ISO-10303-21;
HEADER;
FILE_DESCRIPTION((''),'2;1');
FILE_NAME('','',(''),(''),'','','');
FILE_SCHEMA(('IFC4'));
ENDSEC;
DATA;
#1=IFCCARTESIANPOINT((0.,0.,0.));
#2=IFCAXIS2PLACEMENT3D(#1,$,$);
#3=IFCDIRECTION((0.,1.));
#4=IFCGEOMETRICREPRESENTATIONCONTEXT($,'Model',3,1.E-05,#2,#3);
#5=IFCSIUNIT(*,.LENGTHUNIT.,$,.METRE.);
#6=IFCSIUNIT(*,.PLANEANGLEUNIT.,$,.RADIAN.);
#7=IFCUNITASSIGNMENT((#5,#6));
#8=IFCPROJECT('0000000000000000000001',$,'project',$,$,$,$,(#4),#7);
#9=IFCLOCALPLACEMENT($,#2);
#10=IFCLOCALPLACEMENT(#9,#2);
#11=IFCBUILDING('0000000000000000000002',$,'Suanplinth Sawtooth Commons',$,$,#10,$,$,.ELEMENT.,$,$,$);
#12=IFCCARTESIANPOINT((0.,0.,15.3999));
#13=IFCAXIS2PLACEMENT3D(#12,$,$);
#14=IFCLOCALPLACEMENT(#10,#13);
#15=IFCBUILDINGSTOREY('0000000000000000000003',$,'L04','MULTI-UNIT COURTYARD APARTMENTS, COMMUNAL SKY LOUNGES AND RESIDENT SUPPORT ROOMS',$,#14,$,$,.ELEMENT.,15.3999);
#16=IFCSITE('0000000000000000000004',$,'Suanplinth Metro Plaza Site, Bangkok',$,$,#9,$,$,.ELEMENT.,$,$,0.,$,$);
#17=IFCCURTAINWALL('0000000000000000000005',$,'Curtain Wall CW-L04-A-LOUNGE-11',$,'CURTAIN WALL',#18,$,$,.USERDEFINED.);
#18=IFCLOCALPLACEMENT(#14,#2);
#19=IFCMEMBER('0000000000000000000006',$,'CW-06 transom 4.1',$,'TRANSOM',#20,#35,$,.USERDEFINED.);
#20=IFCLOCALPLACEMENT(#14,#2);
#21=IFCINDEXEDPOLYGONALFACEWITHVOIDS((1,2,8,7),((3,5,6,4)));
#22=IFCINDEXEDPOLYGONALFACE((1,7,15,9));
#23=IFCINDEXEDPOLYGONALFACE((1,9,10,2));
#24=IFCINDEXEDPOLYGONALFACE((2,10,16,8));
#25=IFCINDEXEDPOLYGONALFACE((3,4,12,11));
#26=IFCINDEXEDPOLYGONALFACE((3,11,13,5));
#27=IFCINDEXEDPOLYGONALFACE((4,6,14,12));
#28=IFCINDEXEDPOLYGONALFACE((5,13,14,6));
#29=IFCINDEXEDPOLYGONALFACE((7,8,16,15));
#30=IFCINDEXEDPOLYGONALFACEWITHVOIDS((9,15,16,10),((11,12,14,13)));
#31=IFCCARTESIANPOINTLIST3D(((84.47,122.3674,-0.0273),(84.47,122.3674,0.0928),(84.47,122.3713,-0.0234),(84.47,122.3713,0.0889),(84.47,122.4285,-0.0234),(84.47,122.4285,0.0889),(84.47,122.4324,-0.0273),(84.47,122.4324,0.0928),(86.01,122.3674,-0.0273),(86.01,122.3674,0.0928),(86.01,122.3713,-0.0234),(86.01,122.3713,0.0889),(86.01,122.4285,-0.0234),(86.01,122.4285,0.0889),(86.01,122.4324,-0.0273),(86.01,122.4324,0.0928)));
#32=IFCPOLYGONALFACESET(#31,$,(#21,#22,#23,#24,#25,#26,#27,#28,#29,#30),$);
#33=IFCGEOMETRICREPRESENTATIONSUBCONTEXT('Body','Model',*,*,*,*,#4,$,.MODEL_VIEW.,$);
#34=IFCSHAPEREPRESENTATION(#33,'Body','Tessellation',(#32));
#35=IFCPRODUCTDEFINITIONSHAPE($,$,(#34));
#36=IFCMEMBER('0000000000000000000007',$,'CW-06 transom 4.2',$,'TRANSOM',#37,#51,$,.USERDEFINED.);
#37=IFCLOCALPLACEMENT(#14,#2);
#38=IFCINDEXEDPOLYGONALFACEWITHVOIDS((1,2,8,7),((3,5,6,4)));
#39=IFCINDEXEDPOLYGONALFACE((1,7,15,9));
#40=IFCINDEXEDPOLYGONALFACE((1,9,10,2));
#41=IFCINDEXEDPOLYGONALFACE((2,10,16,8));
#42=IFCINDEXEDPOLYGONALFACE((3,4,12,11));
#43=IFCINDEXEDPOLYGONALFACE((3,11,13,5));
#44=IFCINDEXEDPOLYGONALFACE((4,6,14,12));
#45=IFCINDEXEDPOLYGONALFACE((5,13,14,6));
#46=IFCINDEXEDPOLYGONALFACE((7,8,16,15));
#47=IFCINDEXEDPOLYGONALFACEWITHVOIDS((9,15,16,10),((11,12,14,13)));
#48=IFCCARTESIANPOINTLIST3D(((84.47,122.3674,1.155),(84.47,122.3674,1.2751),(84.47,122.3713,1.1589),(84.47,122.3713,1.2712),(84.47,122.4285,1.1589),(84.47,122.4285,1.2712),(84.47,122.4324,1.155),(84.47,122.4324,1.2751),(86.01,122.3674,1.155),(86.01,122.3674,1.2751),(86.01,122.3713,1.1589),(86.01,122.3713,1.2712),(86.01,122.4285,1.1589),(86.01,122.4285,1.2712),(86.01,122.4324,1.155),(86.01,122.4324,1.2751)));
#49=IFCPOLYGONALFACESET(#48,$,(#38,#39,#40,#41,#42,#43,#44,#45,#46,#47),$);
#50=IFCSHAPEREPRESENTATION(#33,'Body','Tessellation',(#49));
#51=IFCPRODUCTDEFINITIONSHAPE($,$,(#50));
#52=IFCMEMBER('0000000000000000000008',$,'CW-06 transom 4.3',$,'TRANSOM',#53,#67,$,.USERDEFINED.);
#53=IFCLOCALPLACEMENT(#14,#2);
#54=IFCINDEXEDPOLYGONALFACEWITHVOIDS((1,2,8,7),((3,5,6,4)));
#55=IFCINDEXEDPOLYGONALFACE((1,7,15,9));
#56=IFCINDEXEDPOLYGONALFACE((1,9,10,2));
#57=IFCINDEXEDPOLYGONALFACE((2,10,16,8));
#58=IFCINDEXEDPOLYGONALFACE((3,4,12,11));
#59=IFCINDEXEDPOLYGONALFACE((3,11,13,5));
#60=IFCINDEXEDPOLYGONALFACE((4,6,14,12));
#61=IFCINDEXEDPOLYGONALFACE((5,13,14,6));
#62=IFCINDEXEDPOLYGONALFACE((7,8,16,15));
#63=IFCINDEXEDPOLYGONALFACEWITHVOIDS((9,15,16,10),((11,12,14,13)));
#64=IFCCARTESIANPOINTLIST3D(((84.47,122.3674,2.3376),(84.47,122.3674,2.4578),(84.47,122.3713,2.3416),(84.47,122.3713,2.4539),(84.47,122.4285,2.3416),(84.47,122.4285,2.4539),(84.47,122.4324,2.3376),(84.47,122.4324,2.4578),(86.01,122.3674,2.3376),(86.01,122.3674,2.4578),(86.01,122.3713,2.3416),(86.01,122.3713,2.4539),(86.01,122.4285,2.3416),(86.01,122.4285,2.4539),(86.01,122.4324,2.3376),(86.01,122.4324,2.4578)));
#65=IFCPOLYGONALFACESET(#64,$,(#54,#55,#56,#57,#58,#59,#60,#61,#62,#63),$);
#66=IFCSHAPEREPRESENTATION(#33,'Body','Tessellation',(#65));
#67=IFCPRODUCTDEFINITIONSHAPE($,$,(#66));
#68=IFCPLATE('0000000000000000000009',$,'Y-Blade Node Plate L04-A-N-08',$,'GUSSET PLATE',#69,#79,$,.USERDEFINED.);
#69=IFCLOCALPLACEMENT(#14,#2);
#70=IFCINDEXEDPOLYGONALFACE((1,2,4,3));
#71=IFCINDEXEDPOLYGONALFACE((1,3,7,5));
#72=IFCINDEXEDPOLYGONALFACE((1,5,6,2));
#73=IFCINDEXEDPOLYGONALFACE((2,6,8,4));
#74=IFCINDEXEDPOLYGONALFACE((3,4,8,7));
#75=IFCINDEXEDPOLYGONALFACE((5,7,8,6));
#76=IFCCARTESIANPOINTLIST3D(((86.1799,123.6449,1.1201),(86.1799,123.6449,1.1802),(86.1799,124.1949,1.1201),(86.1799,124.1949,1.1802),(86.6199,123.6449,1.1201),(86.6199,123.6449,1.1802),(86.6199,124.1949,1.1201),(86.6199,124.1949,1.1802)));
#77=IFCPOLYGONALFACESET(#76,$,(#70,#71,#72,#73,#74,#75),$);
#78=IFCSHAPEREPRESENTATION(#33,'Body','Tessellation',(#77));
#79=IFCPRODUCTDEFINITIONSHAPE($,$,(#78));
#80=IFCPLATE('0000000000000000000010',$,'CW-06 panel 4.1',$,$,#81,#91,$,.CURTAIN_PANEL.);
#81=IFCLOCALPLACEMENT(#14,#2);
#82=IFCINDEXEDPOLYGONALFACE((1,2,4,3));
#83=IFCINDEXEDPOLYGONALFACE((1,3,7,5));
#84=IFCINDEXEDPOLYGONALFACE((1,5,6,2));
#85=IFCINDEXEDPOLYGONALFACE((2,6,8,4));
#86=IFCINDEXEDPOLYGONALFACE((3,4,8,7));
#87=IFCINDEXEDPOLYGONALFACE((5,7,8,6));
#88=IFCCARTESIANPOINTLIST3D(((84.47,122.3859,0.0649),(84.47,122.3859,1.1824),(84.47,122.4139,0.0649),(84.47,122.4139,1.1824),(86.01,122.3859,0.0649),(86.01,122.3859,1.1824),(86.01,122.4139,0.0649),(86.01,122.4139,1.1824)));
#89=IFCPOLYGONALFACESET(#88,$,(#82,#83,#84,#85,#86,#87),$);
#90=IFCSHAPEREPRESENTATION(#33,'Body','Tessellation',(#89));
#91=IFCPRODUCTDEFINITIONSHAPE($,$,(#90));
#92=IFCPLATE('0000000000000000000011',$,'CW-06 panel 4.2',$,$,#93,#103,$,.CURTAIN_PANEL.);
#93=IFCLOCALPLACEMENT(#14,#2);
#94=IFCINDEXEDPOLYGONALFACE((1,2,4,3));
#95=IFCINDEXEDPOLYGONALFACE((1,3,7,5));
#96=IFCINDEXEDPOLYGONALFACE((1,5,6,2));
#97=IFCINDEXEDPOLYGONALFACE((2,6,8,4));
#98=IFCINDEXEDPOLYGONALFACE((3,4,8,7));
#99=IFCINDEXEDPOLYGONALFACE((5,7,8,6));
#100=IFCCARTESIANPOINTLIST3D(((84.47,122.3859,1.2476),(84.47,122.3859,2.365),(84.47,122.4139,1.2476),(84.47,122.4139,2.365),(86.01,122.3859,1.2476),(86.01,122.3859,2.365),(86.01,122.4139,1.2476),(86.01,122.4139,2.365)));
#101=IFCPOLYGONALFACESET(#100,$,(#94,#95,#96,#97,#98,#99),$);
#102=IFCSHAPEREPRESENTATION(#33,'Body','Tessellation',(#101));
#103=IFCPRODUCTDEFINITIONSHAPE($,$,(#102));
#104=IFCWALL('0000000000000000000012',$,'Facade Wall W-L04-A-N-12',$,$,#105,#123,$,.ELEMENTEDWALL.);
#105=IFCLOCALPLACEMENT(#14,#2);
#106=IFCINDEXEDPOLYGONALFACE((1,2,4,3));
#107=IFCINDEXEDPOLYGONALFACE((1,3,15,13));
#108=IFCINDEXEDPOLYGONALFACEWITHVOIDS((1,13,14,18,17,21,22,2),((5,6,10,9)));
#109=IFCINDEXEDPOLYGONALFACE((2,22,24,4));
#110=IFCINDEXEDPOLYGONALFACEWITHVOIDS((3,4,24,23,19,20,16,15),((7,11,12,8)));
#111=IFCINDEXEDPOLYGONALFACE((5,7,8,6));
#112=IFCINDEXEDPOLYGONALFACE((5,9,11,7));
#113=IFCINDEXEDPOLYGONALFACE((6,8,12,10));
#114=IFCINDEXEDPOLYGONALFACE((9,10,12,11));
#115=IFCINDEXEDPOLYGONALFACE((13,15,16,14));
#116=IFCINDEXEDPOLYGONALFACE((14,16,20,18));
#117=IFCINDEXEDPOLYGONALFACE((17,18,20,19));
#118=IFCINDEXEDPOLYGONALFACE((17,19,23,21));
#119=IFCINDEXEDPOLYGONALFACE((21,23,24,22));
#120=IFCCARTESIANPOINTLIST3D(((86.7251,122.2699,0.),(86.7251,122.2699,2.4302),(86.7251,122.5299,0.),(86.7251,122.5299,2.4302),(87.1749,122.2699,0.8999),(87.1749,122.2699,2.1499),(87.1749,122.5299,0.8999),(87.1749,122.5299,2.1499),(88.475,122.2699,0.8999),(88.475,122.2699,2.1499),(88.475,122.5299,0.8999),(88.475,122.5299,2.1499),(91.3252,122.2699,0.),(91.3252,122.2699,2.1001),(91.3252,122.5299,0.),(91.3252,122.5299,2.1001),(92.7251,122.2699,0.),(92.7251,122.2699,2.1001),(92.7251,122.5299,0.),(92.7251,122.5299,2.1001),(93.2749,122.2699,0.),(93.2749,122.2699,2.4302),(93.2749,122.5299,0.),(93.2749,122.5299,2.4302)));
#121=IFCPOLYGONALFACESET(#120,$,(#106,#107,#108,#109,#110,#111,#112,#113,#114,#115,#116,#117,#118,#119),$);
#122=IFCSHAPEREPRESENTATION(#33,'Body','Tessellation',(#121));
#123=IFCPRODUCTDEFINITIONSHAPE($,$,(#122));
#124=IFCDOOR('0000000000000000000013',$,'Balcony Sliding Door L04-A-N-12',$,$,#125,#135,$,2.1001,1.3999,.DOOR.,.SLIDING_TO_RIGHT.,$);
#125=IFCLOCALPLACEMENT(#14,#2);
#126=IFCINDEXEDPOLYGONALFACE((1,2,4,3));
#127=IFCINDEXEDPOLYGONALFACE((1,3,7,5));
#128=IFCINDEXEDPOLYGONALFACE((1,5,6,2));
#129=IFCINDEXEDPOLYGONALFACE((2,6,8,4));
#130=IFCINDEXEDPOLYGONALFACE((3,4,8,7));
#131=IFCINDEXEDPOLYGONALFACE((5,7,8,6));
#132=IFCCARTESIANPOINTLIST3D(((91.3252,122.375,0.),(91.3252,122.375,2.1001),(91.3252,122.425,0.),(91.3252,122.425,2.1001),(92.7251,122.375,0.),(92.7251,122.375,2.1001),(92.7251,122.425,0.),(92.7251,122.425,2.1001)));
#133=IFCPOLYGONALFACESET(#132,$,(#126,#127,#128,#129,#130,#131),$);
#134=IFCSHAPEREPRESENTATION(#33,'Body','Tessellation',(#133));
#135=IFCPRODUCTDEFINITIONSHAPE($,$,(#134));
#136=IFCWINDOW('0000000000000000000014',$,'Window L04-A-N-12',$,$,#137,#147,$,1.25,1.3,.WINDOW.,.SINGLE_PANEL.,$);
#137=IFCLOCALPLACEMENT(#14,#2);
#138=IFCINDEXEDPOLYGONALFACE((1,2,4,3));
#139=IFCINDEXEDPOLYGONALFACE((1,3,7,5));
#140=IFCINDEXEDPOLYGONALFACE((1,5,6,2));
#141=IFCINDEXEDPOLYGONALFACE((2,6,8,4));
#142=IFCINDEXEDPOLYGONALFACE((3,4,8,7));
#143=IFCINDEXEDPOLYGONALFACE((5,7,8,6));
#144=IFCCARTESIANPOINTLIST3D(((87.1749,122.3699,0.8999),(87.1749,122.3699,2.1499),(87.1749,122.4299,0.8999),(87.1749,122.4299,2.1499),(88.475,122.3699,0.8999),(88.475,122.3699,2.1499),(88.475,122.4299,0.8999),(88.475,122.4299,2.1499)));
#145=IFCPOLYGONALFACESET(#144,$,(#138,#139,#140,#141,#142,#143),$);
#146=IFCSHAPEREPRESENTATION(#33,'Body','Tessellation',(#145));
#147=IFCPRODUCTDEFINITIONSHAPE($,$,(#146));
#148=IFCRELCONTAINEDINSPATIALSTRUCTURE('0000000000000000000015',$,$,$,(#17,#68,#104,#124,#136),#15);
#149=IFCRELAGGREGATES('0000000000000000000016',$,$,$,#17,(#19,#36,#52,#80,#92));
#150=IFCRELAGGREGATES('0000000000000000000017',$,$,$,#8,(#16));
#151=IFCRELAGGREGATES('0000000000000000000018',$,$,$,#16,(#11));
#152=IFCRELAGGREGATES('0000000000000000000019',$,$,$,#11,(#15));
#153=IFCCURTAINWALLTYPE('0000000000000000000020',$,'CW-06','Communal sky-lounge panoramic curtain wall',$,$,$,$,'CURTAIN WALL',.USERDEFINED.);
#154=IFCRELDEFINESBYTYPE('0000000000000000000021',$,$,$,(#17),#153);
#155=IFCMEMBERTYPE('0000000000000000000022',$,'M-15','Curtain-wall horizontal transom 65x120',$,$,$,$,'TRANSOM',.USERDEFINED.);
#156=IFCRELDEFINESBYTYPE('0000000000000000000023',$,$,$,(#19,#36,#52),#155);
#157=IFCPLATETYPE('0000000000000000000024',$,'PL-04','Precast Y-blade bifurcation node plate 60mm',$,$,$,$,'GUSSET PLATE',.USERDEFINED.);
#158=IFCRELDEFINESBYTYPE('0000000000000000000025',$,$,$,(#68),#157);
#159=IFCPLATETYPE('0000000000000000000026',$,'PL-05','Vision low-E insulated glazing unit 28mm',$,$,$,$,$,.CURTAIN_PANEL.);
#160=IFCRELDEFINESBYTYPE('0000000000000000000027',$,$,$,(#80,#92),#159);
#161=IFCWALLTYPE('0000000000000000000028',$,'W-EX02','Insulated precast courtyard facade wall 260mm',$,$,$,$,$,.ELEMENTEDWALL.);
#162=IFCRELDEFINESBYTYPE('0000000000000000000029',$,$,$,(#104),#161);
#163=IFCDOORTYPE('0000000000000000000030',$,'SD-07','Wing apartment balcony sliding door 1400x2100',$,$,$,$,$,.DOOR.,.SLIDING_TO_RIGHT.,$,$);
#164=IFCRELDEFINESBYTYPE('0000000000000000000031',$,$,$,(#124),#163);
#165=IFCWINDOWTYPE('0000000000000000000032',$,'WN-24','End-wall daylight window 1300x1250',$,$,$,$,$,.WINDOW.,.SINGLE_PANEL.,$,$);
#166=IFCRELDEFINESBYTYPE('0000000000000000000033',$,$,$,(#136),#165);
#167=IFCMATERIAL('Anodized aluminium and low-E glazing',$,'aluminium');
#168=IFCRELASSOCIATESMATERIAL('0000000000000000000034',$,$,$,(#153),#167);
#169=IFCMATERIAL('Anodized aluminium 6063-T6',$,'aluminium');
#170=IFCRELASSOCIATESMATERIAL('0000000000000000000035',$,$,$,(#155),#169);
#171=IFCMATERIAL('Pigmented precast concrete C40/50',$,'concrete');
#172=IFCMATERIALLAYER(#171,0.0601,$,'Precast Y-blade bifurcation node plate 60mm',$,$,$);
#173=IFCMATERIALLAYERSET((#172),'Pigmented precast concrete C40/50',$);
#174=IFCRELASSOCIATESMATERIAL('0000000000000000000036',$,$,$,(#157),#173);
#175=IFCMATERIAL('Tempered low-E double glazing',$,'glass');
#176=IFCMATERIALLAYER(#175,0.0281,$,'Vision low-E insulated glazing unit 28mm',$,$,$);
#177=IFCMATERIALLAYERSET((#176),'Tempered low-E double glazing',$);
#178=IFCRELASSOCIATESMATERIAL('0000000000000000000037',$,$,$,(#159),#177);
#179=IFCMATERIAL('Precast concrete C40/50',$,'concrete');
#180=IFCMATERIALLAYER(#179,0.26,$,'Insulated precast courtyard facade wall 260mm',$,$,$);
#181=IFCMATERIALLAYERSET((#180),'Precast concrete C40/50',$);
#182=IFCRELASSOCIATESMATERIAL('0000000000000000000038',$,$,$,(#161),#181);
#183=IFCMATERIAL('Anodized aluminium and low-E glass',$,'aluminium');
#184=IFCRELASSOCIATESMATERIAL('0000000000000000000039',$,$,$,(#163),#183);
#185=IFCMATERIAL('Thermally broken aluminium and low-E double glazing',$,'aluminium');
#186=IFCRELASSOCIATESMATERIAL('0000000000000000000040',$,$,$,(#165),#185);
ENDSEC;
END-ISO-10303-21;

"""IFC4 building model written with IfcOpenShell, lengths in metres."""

from ifc_helpers import new_model, si_unit, direction, frame, frame_2d, origin, origin_2d, place, context, subcontext, project, spatial, rectangle, hollow_rectangle, extrude, material, layer, layer_set, material_profile, profile_set, type_object, element, fill, aggregate, save


model = new_model("IFC4")

# Units and contexts
model_context = context("Model", 3, precision=1e-05, world=origin(), true_north=direction((0.0, 1.0)))
body_context = subcontext(model_context, "Body", "Model", "MODEL_VIEW")
ifc_project = project(units=[si_unit("LENGTHUNIT", "METRE"), si_unit("PLANEANGLEUNIT", "RADIAN")], contexts=[model_context])

# Site, building, storey
site_placement = place(None, origin())
site = spatial("IfcSite", under=ifc_project, at=site_placement, Name="Suanplinth Metro Plaza Site, Bangkok", CompositionType="ELEMENT", RefElevation=0.0)
building_placement = place(site_placement, origin())
building = spatial("IfcBuilding", under=site, at=building_placement, Name="Suanplinth Sawtooth Commons", CompositionType="ELEMENT")
storey_placement = place(building_placement, frame((0.0, 0.0, 15.3999)))
storey = spatial("IfcBuildingStorey", under=building, at=storey_placement, Name="L04", Description="MULTI-UNIT COURTYARD APARTMENTS, COMMUNAL SKY LOUNGES AND RESIDENT SUPPORT ROOMS", CompositionType="ELEMENT", Elevation=15.3999)

# Shared definitions
ifc_material_1 = material(Name="Precast concrete C40/50", Category="concrete")

# Shared definitions
ifc_material_2 = material(Name="Pigmented precast concrete C40/50", Category="concrete")

# Curtain wall, members
ifc_material_3 = material(Name="Anodized aluminium and low-E glazing", Category="aluminium")
curtain_wall_type = type_object("IfcCurtainWallType", Name="CW-06", Description="Communal sky-lounge panoramic curtain wall", ElementType="CURTAIN WALL", PredefinedType="USERDEFINED", material=ifc_material_3)
curtain_wall_placement = place(storey_placement, origin())
curtain_wall = element("IfcCurtainWall", 1, at=curtain_wall_placement, inside=storey, type_object=curtain_wall_type, Name="Curtain Wall CW-L04-A-LOUNGE-11", ObjectType="CURTAIN WALL", PredefinedType="USERDEFINED")
ifc_material_4 = material(Name="Anodized aluminium 6063-T6", Category="aluminium")
ifc_material_profile_1 = material_profile(ifc_material_4, hollow_rectangle(XDim=0.0649, YDim=0.1201, WallThickness=0.0039, at=origin_2d()), Name="ALU-TRN 65x120")
ifc_profile_set_1 = profile_set([ifc_material_profile_1], Name="Anodized aluminium 6063-T6")
member_type_1 = type_object("IfcMemberType", Name="M-15", Description="Curtain-wall horizontal transom 65x120", ElementType="TRANSOM", PredefinedType="USERDEFINED", material=ifc_profile_set_1)
member_1_placement = place(storey_placement, frame((84.47, 122.3999, 0.0327), z_axis=(1.0, 0.0, 0.0), x_axis=(0.0, 1.0, 0.0)))
member_1 = element("IfcMember", 2, at=member_1_placement, type_object=member_type_1, Name="CW-06 transom 4.1", ObjectType="TRANSOM", PredefinedType="USERDEFINED", context=body_context, shape_type="SweptSolid", body=[
    extrude(hollow_rectangle(XDim=0.0649, YDim=0.1201, WallThickness=0.0039, at=origin_2d()), origin(), (0.0, 0.0, 1.0), 1.54),
])
member_2_placement = place(storey_placement, frame((84.47, 122.3999, 1.2151), z_axis=(1.0, 0.0, 0.0), x_axis=(0.0, 1.0, 0.0)))
member_2 = element("IfcMember", 3, at=member_2_placement, type_object=member_type_1, Name="CW-06 transom 4.2", ObjectType="TRANSOM", PredefinedType="USERDEFINED", context=body_context, shape_type="SweptSolid", body=[
    extrude(hollow_rectangle(XDim=0.0649, YDim=0.1201, WallThickness=0.0039, at=origin_2d()), origin(), (0.0, 0.0, 1.0), 1.54),
])
member_3_placement = place(storey_placement, frame((84.47, 122.3999, 2.3977), z_axis=(1.0, 0.0, 0.0), x_axis=(0.0, 1.0, 0.0)))
member_3 = element("IfcMember", 4, at=member_3_placement, type_object=member_type_1, Name="CW-06 transom 4.3", ObjectType="TRANSOM", PredefinedType="USERDEFINED", context=body_context, shape_type="SweptSolid", body=[
    extrude(hollow_rectangle(XDim=0.0649, YDim=0.1201, WallThickness=0.0039, at=origin_2d()), origin(), (0.0, 0.0, 1.0), 1.54),
])

# Plates
ifc_layer_1 = layer(ifc_material_2, 0.0601, Name="Precast Y-blade bifurcation node plate 60mm")
ifc_layer_set_1 = layer_set([ifc_layer_1], Name="Pigmented precast concrete C40/50")
plate_type_1 = type_object("IfcPlateType", Name="PL-04", Description="Precast Y-blade bifurcation node plate 60mm", ElementType="GUSSET PLATE", PredefinedType="USERDEFINED", material=ifc_layer_set_1)
plate_1_placement = place(storey_placement, frame((86.3999, 123.9199, 1.1201), z_axis=(0.0, 0.0, 1.0), x_axis=(1.0, 0.0, 0.0)))
element("IfcPlate", 5, at=plate_1_placement, inside=storey, type_object=plate_type_1, Name="Y-Blade Node Plate L04-A-N-08", ObjectType="GUSSET PLATE", PredefinedType="USERDEFINED", context=body_context, shape_type="SweptSolid", body=[
    extrude(rectangle(XDim=0.4399, YDim=0.55, at=origin_2d()), origin(), (0.0, 0.0, 1.0), 0.0601),
])
ifc_material_5 = material(Name="Tempered low-E double glazing", Category="glass")
ifc_layer_2 = layer(ifc_material_5, 0.0281, Name="Vision low-E insulated glazing unit 28mm")
ifc_layer_set_2 = layer_set([ifc_layer_2], Name="Tempered low-E double glazing")
plate_type_2 = type_object("IfcPlateType", Name="PL-05", Description="Vision low-E insulated glazing unit 28mm", PredefinedType="CURTAIN_PANEL", material=ifc_layer_set_2)
plate_2_placement = place(storey_placement, frame((85.24, 122.3999, 0.0649), z_axis=(0.0, 0.0, 1.0), x_axis=(1.0, 0.0, 0.0)))
plate_2 = element("IfcPlate", 6, at=plate_2_placement, type_object=plate_type_2, Name="CW-06 panel 4.1", PredefinedType="CURTAIN_PANEL", context=body_context, shape_type="SweptSolid", body=[
    extrude(rectangle(XDim=1.54, YDim=0.0281, at=origin_2d()), origin(), (0.0, 0.0, 1.0), 1.1174),
])
plate_3_placement = place(storey_placement, frame((85.24, 122.3999, 1.2476), z_axis=(0.0, 0.0, 1.0), x_axis=(1.0, 0.0, 0.0)))
plate_3 = element("IfcPlate", 7, at=plate_3_placement, type_object=plate_type_2, Name="CW-06 panel 4.2", PredefinedType="CURTAIN_PANEL", context=body_context, shape_type="SweptSolid", body=[
    extrude(rectangle(XDim=1.54, YDim=0.0281, at=origin_2d()), origin(), (0.0, 0.0, 1.0), 1.1174),
])
aggregate(curtain_wall, [member_1, member_2, member_3, plate_2, plate_3])

# Wall, openings, door, window
ifc_layer_3 = layer(ifc_material_1, 0.26, Name="Insulated precast courtyard facade wall 260mm")
ifc_layer_set_3 = layer_set([ifc_layer_3], Name="Precast concrete C40/50")
wall_type_1 = type_object("IfcWallType", Name="W-EX02", Description="Insulated precast courtyard facade wall 260mm", PredefinedType="ELEMENTEDWALL", material=ifc_layer_set_3)
wall_1_placement = place(storey_placement, frame((86.7251, 122.3999, 0.0), z_axis=(0.0, 0.0, 1.0), x_axis=(1.0, 0.0, 0.0)))
wall_1 = element("IfcWall", 8, at=wall_1_placement, inside=storey, type_object=wall_type_1, Name="Facade Wall W-L04-A-N-12", PredefinedType="ELEMENTEDWALL", context=body_context, shape_type="SweptSolid", body=[
    extrude(rectangle(XDim=6.5498, YDim=0.26, at=frame_2d((3.2749, 0.0))), origin(), (0.0, 0.0, 1.0), 2.4302),
])
opening_1_placement = place(wall_1_placement, frame((4.6001, 0.0, 0.0)))
opening_1 = element("IfcOpeningElement", 9, at=opening_1_placement, cuts=wall_1, PredefinedType="OPENING", context=body_context, shape_type="SweptSolid", body=[
    extrude(rectangle(XDim=1.3999, YDim=2.1001, at=frame_2d((0.7, 1.05))), frame((0.0, 0.145, 0.0), z_axis=(0.0, -1.0, 0.0), x_axis=(1.0, 0.0, 0.0)), (0.0, 0.0, 1.0), 0.2898),
])
opening_2_placement = place(wall_1_placement, frame((0.45, 0.0, 0.8999)))
opening_2 = element("IfcOpeningElement", 10, at=opening_2_placement, cuts=wall_1, PredefinedType="OPENING", context=body_context, shape_type="SweptSolid", body=[
    extrude(rectangle(XDim=1.3, YDim=1.25, at=frame_2d((0.6499, 0.625))), frame((0.0, 0.145, 0.0), z_axis=(0.0, -1.0, 0.0), x_axis=(1.0, 0.0, 0.0)), (0.0, 0.0, 1.0), 0.2898),
])
ifc_material_6 = material(Name="Anodized aluminium and low-E glass", Category="aluminium")
door_type_1 = type_object("IfcDoorType", Name="SD-07", Description="Wing apartment balcony sliding door 1400x2100", OperationType="SLIDING_TO_RIGHT", PredefinedType="DOOR", material=ifc_material_6)
door_1_placement = place(opening_1_placement, frame((1.3999, 0.0, 0.0), z_axis=(0.0, 0.0, 1.0), x_axis=(-1.0, 0.0, 0.0)))
door_1 = element("IfcDoor", 11, at=door_1_placement, inside=storey, type_object=door_type_1, Name="Balcony Sliding Door L04-A-N-12", OperationType="SLIDING_TO_RIGHT", OverallHeight=2.1001, OverallWidth=1.3999, PredefinedType="DOOR", context=body_context, shape_type="SweptSolid", body=[
    extrude(rectangle(XDim=1.3999, YDim=2.1001, at=frame_2d((0.7, 1.05))), frame((0.0, 0.0249, 0.0), z_axis=(0.0, -1.0, 0.0), x_axis=(1.0, 0.0, 0.0)), (0.0, 0.0, 1.0), 0.05),
])
fill(opening_1, door_1)
ifc_material_7 = material(Name="Thermally broken aluminium and low-E double glazing", Category="aluminium")
window_type = type_object("IfcWindowType", Name="WN-24", Description="End-wall daylight window 1300x1250", PartitioningType="SINGLE_PANEL", PredefinedType="WINDOW", material=ifc_material_7)
window_placement = place(opening_2_placement, origin())
window = element("IfcWindow", 12, at=window_placement, inside=storey, type_object=window_type, Name="Window L04-A-N-12", OverallHeight=1.25, OverallWidth=1.3, PartitioningType="SINGLE_PANEL", PredefinedType="WINDOW", context=body_context, shape_type="SweptSolid", body=[
    extrude(rectangle(XDim=1.3, YDim=1.25, at=frame_2d((0.6499, 0.625))), frame((0.0, 0.03, 0.0), z_axis=(0.0, -1.0, 0.0), x_axis=(1.0, 0.0, 0.0)), (0.0, 0.0, 1.0), 0.0601),
])
fill(opening_2, window)

save(model, "model.ifc")
